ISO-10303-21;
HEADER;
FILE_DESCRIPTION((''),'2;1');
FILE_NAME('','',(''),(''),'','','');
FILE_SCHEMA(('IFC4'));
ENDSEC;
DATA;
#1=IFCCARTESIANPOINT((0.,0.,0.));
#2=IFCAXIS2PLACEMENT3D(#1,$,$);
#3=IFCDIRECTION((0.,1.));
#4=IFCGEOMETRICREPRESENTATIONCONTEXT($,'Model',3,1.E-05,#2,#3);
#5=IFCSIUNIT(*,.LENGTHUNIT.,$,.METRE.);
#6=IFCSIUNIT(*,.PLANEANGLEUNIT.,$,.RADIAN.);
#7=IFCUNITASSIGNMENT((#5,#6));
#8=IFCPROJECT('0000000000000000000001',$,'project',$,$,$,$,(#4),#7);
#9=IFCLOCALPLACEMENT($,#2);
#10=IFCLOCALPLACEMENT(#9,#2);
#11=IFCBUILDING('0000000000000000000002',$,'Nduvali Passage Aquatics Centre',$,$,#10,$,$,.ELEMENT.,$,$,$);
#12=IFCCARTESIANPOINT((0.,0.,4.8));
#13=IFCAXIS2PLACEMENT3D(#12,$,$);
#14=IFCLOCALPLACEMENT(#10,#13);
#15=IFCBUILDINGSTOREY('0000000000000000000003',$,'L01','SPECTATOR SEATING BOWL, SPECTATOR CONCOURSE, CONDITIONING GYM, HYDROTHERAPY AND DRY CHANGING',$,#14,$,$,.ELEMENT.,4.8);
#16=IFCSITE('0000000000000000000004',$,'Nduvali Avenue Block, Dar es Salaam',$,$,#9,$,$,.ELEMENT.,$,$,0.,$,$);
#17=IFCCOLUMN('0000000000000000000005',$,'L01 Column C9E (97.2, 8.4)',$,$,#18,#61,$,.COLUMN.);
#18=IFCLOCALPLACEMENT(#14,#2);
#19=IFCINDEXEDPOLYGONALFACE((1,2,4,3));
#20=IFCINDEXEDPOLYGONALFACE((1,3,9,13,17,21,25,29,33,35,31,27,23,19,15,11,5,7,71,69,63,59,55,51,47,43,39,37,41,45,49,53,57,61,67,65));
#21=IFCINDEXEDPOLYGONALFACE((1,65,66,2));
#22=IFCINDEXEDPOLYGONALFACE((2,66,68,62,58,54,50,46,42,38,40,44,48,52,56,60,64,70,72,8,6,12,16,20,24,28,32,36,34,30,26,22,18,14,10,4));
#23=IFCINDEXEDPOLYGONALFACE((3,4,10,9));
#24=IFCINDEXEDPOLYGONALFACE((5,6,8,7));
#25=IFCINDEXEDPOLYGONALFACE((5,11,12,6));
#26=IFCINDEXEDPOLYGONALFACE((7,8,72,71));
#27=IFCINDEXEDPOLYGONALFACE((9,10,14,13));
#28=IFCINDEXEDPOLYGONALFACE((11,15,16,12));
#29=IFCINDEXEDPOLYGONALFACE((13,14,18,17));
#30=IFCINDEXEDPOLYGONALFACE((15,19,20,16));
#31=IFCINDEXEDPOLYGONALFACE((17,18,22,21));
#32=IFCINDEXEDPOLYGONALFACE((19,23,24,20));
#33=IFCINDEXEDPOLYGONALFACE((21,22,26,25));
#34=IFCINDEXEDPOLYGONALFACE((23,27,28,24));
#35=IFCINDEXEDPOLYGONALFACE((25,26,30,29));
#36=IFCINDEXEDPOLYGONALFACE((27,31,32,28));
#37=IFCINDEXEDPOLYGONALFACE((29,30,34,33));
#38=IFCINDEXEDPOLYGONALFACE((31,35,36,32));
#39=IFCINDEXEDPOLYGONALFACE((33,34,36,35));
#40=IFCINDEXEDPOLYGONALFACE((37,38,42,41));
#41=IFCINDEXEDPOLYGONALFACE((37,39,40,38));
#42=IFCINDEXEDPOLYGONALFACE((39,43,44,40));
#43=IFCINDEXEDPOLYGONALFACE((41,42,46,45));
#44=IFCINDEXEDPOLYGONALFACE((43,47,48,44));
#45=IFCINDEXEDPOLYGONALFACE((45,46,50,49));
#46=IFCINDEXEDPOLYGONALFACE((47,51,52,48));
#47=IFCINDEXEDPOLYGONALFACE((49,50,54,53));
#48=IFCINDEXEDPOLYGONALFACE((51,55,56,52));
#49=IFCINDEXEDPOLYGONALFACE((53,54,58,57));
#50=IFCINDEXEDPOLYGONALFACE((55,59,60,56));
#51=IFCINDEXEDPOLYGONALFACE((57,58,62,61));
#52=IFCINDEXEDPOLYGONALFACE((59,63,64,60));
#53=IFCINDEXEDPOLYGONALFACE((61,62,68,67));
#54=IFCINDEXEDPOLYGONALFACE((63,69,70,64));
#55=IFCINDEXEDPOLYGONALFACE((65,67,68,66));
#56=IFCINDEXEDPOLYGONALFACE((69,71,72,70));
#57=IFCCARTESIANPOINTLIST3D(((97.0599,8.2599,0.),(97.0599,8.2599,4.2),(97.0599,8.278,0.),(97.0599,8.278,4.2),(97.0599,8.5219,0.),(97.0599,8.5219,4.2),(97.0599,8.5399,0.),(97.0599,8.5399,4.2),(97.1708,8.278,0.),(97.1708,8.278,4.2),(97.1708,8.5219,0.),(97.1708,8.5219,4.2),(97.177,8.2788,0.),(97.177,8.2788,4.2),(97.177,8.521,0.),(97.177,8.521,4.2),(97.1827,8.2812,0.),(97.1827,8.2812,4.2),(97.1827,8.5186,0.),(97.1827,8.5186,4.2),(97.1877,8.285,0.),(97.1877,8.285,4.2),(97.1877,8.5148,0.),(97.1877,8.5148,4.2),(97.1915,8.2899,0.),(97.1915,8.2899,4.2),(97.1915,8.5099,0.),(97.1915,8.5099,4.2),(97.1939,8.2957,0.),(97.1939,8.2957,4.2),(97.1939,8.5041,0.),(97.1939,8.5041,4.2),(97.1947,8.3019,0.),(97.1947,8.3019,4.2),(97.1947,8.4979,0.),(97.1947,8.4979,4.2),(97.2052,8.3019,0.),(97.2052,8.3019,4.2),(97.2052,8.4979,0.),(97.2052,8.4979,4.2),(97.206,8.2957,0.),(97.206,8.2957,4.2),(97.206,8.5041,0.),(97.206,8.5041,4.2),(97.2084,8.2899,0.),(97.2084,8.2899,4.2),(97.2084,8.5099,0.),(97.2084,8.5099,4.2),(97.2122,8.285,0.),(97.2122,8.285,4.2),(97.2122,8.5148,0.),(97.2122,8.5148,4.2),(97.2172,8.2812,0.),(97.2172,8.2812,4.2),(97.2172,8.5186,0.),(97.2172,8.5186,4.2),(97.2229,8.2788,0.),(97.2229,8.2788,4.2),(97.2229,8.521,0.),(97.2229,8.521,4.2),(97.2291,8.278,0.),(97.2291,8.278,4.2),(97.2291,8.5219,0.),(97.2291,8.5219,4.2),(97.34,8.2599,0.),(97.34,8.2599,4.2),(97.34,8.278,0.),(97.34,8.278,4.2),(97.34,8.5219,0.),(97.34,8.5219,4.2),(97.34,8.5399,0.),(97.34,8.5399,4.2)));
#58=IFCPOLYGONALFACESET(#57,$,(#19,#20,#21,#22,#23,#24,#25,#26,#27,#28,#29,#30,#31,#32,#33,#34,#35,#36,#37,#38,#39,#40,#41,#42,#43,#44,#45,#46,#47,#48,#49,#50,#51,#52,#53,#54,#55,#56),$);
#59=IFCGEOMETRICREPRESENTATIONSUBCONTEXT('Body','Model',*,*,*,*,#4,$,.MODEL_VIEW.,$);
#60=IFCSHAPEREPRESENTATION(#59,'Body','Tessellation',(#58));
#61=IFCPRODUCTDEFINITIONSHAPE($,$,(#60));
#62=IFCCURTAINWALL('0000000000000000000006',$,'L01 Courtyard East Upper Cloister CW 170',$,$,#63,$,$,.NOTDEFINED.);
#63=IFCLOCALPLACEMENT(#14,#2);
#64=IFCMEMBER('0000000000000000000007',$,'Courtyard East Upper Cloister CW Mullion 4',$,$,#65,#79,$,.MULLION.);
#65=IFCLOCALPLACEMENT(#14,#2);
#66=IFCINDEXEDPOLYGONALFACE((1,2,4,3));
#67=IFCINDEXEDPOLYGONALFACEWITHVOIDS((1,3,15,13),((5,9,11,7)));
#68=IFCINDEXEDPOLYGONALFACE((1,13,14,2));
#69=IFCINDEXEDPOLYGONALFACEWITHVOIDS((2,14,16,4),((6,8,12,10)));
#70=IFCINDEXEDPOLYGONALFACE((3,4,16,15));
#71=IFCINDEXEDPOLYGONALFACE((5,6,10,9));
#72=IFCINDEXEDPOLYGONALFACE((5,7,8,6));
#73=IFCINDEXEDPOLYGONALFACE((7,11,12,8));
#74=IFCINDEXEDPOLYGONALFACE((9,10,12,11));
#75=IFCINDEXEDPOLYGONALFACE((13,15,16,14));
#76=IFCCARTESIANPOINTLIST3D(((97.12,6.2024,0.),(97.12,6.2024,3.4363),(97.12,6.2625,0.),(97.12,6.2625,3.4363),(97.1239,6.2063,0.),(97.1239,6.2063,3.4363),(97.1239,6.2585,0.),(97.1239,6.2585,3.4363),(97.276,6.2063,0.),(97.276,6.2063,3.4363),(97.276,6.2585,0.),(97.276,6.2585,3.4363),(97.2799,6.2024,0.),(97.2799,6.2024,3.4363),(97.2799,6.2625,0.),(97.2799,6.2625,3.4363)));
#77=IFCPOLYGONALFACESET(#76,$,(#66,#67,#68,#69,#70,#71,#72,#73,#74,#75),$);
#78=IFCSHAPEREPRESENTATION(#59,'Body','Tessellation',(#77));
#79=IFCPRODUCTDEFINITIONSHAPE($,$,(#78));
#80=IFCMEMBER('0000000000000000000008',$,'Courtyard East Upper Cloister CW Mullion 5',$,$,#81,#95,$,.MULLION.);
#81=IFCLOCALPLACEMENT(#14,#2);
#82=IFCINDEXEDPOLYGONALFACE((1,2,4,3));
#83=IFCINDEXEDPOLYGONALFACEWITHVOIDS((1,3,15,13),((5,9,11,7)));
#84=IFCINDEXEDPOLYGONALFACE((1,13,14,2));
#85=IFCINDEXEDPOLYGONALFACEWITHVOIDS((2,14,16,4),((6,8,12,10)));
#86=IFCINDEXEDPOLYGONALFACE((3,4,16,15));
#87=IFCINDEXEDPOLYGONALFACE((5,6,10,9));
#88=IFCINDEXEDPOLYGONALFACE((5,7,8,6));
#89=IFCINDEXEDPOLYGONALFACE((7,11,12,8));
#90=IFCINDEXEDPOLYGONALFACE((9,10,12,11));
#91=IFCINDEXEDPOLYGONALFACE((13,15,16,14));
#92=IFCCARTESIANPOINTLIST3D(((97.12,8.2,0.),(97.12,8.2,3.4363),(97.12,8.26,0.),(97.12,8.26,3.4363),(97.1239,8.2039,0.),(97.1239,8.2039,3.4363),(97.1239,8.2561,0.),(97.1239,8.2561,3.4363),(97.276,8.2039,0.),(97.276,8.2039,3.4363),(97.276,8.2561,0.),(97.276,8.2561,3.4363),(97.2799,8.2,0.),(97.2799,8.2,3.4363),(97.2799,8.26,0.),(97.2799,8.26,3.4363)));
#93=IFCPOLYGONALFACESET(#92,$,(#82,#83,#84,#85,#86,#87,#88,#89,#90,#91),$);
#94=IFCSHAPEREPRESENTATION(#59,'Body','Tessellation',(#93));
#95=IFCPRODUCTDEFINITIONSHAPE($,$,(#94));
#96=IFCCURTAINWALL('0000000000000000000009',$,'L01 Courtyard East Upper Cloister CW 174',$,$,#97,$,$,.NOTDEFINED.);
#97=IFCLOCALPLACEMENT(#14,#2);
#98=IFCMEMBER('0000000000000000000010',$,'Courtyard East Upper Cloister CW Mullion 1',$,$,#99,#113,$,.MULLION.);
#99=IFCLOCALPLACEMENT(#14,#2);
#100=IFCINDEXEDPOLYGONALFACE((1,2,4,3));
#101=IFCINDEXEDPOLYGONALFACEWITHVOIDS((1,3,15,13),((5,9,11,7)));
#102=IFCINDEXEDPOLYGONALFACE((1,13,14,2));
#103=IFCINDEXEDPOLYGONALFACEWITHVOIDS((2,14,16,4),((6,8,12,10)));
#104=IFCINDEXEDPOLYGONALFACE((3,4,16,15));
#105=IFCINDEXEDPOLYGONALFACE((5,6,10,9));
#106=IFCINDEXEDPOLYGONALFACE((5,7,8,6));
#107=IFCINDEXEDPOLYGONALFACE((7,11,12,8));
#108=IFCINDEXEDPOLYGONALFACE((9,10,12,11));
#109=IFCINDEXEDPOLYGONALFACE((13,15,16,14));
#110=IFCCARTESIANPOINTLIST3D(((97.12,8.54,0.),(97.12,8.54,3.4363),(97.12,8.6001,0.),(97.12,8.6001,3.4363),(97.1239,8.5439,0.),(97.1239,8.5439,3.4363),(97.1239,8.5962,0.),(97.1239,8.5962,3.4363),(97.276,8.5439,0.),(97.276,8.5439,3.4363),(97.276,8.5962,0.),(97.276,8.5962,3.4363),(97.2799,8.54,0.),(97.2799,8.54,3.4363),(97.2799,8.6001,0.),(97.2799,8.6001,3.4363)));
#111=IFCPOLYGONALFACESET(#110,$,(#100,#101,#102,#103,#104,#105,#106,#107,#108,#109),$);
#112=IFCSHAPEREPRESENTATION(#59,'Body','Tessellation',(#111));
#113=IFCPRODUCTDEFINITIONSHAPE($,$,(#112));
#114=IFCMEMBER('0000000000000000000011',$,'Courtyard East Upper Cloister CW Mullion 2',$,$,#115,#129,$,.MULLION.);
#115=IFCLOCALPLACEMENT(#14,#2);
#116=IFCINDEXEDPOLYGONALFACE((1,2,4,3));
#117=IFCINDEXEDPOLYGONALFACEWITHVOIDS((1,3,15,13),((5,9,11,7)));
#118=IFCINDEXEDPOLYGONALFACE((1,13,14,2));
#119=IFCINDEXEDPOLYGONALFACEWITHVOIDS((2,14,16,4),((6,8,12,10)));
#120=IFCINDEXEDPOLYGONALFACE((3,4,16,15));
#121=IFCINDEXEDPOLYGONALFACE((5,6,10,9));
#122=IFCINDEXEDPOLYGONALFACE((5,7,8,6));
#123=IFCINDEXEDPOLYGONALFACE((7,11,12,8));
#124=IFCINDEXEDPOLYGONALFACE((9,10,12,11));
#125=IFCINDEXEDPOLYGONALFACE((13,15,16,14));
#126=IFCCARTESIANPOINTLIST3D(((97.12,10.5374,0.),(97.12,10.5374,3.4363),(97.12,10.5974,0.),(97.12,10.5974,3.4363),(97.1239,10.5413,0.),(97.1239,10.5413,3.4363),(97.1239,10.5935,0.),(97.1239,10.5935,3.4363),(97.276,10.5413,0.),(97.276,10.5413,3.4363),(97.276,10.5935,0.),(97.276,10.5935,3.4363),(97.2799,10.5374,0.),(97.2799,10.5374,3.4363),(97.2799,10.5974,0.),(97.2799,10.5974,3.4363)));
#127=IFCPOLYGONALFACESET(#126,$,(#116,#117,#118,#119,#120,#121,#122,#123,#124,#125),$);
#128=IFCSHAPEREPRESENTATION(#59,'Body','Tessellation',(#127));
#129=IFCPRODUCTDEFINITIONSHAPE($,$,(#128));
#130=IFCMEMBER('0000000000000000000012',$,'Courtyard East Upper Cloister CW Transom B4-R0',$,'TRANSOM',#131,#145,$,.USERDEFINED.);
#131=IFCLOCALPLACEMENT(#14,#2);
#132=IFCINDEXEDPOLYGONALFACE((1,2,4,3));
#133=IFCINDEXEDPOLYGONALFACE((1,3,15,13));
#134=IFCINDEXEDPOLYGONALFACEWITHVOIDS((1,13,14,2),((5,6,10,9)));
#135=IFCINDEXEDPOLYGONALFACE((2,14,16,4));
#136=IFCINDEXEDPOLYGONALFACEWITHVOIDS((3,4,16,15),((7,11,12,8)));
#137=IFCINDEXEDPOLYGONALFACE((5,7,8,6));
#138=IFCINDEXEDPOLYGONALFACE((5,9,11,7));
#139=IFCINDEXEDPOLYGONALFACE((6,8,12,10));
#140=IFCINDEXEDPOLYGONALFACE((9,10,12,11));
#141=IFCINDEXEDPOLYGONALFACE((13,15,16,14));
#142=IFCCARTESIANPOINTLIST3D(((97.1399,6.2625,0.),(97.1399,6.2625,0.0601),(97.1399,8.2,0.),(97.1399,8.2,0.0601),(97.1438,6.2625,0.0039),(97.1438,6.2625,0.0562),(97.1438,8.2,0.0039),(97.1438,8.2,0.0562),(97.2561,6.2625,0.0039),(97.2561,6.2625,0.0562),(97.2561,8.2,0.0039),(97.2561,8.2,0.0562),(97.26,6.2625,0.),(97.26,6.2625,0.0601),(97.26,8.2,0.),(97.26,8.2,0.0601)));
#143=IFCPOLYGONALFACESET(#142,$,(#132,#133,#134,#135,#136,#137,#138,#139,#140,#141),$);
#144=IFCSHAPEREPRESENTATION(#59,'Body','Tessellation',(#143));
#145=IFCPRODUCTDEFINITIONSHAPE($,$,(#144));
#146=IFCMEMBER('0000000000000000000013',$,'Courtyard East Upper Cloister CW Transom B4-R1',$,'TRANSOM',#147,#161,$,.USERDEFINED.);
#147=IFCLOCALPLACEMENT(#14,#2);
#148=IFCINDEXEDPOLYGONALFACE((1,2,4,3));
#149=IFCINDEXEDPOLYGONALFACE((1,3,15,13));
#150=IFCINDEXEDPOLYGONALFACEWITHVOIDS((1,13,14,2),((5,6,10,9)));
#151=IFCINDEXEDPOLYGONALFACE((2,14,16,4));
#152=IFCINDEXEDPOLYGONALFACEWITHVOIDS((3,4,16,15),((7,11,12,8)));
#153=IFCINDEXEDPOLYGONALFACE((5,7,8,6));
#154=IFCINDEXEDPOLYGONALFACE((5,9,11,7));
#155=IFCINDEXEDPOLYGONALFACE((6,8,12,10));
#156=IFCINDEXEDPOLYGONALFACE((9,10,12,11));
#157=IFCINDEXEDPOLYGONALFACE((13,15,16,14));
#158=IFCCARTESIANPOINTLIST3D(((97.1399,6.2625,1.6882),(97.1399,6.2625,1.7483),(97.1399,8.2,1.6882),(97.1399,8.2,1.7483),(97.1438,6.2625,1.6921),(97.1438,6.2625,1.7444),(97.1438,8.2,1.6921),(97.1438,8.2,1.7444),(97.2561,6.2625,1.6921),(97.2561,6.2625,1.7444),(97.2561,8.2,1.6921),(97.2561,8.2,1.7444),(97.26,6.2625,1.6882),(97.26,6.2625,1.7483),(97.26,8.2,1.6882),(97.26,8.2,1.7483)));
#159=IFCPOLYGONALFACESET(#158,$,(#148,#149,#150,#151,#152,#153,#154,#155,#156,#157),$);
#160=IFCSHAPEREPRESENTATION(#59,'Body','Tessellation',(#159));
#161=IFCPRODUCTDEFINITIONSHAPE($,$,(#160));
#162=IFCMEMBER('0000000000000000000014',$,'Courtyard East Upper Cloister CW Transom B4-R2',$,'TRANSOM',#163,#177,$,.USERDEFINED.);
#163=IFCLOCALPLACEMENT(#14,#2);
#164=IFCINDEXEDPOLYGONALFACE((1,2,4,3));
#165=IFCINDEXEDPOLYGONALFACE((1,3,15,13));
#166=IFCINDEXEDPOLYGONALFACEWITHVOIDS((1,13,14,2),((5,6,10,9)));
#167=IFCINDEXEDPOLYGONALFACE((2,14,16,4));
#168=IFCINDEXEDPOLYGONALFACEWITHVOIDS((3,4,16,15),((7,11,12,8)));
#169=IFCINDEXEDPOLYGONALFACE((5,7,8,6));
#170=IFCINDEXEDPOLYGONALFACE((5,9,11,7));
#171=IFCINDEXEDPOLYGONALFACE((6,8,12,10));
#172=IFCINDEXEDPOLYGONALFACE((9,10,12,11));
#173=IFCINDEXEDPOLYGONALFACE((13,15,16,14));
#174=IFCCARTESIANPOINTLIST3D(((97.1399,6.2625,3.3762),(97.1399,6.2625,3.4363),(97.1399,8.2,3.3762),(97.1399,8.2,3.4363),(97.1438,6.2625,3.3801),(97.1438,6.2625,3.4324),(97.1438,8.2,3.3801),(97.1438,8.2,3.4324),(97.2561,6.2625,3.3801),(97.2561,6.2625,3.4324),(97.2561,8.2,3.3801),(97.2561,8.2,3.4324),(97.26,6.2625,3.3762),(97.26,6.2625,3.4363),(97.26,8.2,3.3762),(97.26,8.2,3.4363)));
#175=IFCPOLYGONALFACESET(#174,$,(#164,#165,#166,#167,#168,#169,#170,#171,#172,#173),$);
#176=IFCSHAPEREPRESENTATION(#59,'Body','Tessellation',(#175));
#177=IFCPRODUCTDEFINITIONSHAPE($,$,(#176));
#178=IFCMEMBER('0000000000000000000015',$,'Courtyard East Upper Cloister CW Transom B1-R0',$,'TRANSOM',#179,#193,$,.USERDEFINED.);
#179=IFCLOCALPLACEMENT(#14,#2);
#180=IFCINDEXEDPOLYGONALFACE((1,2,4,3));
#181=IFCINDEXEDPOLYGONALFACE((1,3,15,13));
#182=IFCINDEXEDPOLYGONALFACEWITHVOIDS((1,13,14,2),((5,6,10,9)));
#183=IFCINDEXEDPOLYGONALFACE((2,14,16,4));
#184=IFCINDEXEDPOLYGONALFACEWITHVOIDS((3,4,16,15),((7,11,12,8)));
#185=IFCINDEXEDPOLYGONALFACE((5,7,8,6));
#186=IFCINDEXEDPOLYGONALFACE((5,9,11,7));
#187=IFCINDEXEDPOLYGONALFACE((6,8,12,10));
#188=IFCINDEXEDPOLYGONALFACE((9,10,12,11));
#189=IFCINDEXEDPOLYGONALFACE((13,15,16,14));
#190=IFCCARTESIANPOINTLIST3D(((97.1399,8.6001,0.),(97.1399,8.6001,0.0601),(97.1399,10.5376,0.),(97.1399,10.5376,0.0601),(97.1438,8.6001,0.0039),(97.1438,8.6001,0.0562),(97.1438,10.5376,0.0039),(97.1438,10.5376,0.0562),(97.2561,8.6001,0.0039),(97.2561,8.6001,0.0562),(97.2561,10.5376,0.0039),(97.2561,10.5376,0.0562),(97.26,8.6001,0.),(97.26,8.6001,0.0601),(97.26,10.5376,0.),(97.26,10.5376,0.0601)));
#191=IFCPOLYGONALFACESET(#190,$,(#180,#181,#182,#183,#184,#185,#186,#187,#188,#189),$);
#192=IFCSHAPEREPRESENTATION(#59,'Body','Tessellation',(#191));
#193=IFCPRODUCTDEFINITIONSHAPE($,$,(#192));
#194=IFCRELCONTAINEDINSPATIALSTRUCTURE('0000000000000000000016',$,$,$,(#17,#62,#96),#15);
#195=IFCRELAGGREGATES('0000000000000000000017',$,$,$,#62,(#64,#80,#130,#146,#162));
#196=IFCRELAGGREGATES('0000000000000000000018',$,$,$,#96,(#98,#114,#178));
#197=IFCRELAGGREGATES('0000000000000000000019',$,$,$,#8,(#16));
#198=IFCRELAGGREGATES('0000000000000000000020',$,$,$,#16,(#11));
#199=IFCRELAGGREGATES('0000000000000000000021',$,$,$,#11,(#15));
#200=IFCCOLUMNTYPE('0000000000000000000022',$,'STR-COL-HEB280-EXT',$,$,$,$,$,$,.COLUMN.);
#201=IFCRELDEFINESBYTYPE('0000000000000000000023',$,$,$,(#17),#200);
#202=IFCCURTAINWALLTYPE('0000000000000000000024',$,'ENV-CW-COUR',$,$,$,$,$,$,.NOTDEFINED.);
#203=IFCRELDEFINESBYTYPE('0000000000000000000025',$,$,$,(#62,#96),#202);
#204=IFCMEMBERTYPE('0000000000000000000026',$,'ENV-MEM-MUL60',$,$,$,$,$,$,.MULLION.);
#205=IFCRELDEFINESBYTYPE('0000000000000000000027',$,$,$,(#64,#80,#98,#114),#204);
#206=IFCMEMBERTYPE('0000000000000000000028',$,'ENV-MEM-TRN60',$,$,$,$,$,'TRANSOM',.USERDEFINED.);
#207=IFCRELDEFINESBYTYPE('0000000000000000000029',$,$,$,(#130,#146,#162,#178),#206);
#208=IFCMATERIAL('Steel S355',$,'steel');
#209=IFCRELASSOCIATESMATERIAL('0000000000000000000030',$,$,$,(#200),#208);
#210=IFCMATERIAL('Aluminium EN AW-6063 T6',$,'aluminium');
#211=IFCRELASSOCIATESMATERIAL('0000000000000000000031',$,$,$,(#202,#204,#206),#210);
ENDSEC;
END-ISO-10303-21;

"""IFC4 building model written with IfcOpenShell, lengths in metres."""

from ifc_helpers import new_model, si_unit, direction, frame, origin, origin_2d, place, context, subcontext, project, spatial, hollow_rectangle, i_section, extrude, material, material_profile, profile_set, type_object, element, aggregate, save


model = new_model("IFC4")

# Units and contexts
model_context = context("Model", 3, precision=1e-05, world=origin(), true_north=direction((0.0, 1.0)))
body_context = subcontext(model_context, "Body", "Model", "MODEL_VIEW")
ifc_project = project(units=[si_unit("LENGTHUNIT", "METRE"), si_unit("PLANEANGLEUNIT", "RADIAN")], contexts=[model_context])

# Site, building, storey
site_placement = place(None, origin())
site = spatial("IfcSite", under=ifc_project, at=site_placement, Name="Nduvali Avenue Block, Dar es Salaam", CompositionType="ELEMENT", RefElevation=0.0)
building_placement = place(site_placement, origin())
building = spatial("IfcBuilding", under=site, at=building_placement, Name="Nduvali Passage Aquatics Centre", CompositionType="ELEMENT")
storey_placement = place(building_placement, frame((0.0, 0.0, 4.8)))
storey = spatial("IfcBuildingStorey", under=building, at=storey_placement, Name="L01", Description="SPECTATOR SEATING BOWL, SPECTATOR CONCOURSE, CONDITIONING GYM, HYDROTHERAPY AND DRY CHANGING", CompositionType="ELEMENT", Elevation=4.8)

# Column
ifc_material_1 = material(Name="Steel S355", Category="steel")
ifc_material_profile_1 = material_profile(ifc_material_1, i_section(OverallWidth=0.28, OverallDepth=0.28, WebThickness=0.0105, FlangeThickness=0.0181, FilletRadius=0.0239, at=origin_2d()), Name="HEB 280")
ifc_profile_set_1 = profile_set([ifc_material_profile_1], Name="Steel S355")
column_type = type_object("IfcColumnType", Name="STR-COL-HEB280-EXT", PredefinedType="COLUMN", material=ifc_profile_set_1)
column_placement = place(storey_placement, frame((97.2, 8.3999, 0.0), z_axis=(0.0, 0.0, 1.0), x_axis=(1.0, 0.0, 0.0)))
element("IfcColumn", 1, at=column_placement, inside=storey, type_object=column_type, Name="L01 Column C9E (97.2, 8.4)", PredefinedType="COLUMN", context=body_context, shape_type="SweptSolid", body=[
    extrude(i_section(OverallWidth=0.28, OverallDepth=0.28, WebThickness=0.0105, FlangeThickness=0.0181, FilletRadius=0.0239, at=origin_2d()), origin(), (0.0, 0.0, 1.0), 4.2),
])

# Curtain walls, members
ifc_material_2 = material(Name="Aluminium EN AW-6063 T6", Category="aluminium")
curtain_wall_type = type_object("IfcCurtainWallType", Name="ENV-CW-COUR", PredefinedType="NOTDEFINED", material=ifc_material_2)
curtain_wall_1_placement = place(storey_placement, origin())
curtain_wall_1 = element("IfcCurtainWall", 2, at=curtain_wall_1_placement, inside=storey, type_object=curtain_wall_type, Name="L01 Courtyard East Upper Cloister CW 170", PredefinedType="NOTDEFINED")
ifc_material_profile_2 = material_profile(ifc_material_2, hollow_rectangle(XDim=0.0601, YDim=0.1599, WallThickness=0.0039, at=origin_2d()), Name="ALU MULLION 60x160x4")
ifc_profile_set_2 = profile_set([ifc_material_profile_2], Name="Aluminium EN AW-6063 T6")
member_type_1 = type_object("IfcMemberType", Name="ENV-MEM-MUL60", PredefinedType="MULLION", material=ifc_profile_set_2)
member_1_placement = place(storey_placement, frame((97.2, 6.2324, 0.0), z_axis=(0.0, 0.0, 1.0), x_axis=(0.0, 1.0, 0.0)))
member_1 = element("IfcMember", 3, at=member_1_placement, type_object=member_type_1, Name="Courtyard East Upper Cloister CW Mullion 4", PredefinedType="MULLION", context=body_context, shape_type="SweptSolid", body=[
    extrude(hollow_rectangle(XDim=0.0601, YDim=0.1599, WallThickness=0.0039, at=origin_2d()), origin(), (0.0, 0.0, 1.0), 3.4363),
])
member_2_placement = place(storey_placement, frame((97.2, 8.23, 0.0), z_axis=(0.0, 0.0, 1.0), x_axis=(0.0, 1.0, 0.0)))
member_2 = element("IfcMember", 4, at=member_2_placement, type_object=member_type_1, Name="Courtyard East Upper Cloister CW Mullion 5", PredefinedType="MULLION", context=body_context, shape_type="SweptSolid", body=[
    extrude(hollow_rectangle(XDim=0.0601, YDim=0.1599, WallThickness=0.0039, at=origin_2d()), origin(), (0.0, 0.0, 1.0), 3.4363),
])
curtain_wall_2_placement = place(storey_placement, origin())
curtain_wall_2 = element("IfcCurtainWall", 5, at=curtain_wall_2_placement, inside=storey, type_object=curtain_wall_type, Name="L01 Courtyard East Upper Cloister CW 174", PredefinedType="NOTDEFINED")
member_3_placement = place(storey_placement, frame((97.2, 8.5701, 0.0), z_axis=(0.0, 0.0, 1.0), x_axis=(0.0, 1.0, 0.0)))
member_3 = element("IfcMember", 6, at=member_3_placement, type_object=member_type_1, Name="Courtyard East Upper Cloister CW Mullion 1", PredefinedType="MULLION", context=body_context, shape_type="SweptSolid", body=[
    extrude(hollow_rectangle(XDim=0.0601, YDim=0.1599, WallThickness=0.0039, at=origin_2d()), origin(), (0.0, 0.0, 1.0), 3.4363),
])
member_4_placement = place(storey_placement, frame((97.2, 10.5674, 0.0), z_axis=(0.0, 0.0, 1.0), x_axis=(0.0, 1.0, 0.0)))
member_4 = element("IfcMember", 7, at=member_4_placement, type_object=member_type_1, Name="Courtyard East Upper Cloister CW Mullion 2", PredefinedType="MULLION", context=body_context, shape_type="SweptSolid", body=[
    extrude(hollow_rectangle(XDim=0.0601, YDim=0.1599, WallThickness=0.0039, at=origin_2d()), origin(), (0.0, 0.0, 1.0), 3.4363),
])

# Members
ifc_material_profile_3 = material_profile(ifc_material_2, hollow_rectangle(XDim=0.1201, YDim=0.0601, WallThickness=0.0039, at=origin_2d()), Name="ALU TRANSOM 120x60x4")
ifc_profile_set_3 = profile_set([ifc_material_profile_3], Name="Aluminium EN AW-6063 T6")
member_type_2 = type_object("IfcMemberType", Name="ENV-MEM-TRN60", ElementType="TRANSOM", PredefinedType="USERDEFINED", material=ifc_profile_set_3)
member_5_placement = place(storey_placement, frame((97.2, 6.2625, 0.03), z_axis=(0.0, 1.0, 0.0), x_axis=(-1.0, 0.0, 0.0)))
member_5 = element("IfcMember", 8, at=member_5_placement, type_object=member_type_2, Name="Courtyard East Upper Cloister CW Transom B4-R0", ObjectType="TRANSOM", PredefinedType="USERDEFINED", context=body_context, shape_type="SweptSolid", body=[
    extrude(hollow_rectangle(XDim=0.1201, YDim=0.0601, WallThickness=0.0039, at=origin_2d()), origin(), (0.0, 0.0, 1.0), 1.9375),
])
member_6_placement = place(storey_placement, frame((97.2, 6.2625, 1.7183), z_axis=(0.0, 1.0, 0.0), x_axis=(-1.0, 0.0, 0.0)))
member_6 = element("IfcMember", 9, at=member_6_placement, type_object=member_type_2, Name="Courtyard East Upper Cloister CW Transom B4-R1", ObjectType="TRANSOM", PredefinedType="USERDEFINED", context=body_context, shape_type="SweptSolid", body=[
    extrude(hollow_rectangle(XDim=0.1201, YDim=0.0601, WallThickness=0.0039, at=origin_2d()), origin(), (0.0, 0.0, 1.0), 1.9375),
])
member_7_placement = place(storey_placement, frame((97.2, 6.2625, 3.4062), z_axis=(0.0, 1.0, 0.0), x_axis=(-1.0, 0.0, 0.0)))
member_7 = element("IfcMember", 10, at=member_7_placement, type_object=member_type_2, Name="Courtyard East Upper Cloister CW Transom B4-R2", ObjectType="TRANSOM", PredefinedType="USERDEFINED", context=body_context, shape_type="SweptSolid", body=[
    extrude(hollow_rectangle(XDim=0.1201, YDim=0.0601, WallThickness=0.0039, at=origin_2d()), origin(), (0.0, 0.0, 1.0), 1.9375),
])
member_8_placement = place(storey_placement, frame((97.2, 8.6001, 0.03), z_axis=(0.0, 1.0, 0.0), x_axis=(-1.0, 0.0, 0.0)))
member_8 = element("IfcMember", 11, at=member_8_placement, type_object=member_type_2, Name="Courtyard East Upper Cloister CW Transom B1-R0", ObjectType="TRANSOM", PredefinedType="USERDEFINED", context=body_context, shape_type="SweptSolid", body=[
    extrude(hollow_rectangle(XDim=0.1201, YDim=0.0601, WallThickness=0.0039, at=origin_2d()), origin(), (0.0, 0.0, 1.0), 1.9375),
])

aggregate(curtain_wall_1, [member_1, member_2, member_5, member_6, member_7])
aggregate(curtain_wall_2, [member_3, member_4, member_8])

save(model, "model.ifc")
